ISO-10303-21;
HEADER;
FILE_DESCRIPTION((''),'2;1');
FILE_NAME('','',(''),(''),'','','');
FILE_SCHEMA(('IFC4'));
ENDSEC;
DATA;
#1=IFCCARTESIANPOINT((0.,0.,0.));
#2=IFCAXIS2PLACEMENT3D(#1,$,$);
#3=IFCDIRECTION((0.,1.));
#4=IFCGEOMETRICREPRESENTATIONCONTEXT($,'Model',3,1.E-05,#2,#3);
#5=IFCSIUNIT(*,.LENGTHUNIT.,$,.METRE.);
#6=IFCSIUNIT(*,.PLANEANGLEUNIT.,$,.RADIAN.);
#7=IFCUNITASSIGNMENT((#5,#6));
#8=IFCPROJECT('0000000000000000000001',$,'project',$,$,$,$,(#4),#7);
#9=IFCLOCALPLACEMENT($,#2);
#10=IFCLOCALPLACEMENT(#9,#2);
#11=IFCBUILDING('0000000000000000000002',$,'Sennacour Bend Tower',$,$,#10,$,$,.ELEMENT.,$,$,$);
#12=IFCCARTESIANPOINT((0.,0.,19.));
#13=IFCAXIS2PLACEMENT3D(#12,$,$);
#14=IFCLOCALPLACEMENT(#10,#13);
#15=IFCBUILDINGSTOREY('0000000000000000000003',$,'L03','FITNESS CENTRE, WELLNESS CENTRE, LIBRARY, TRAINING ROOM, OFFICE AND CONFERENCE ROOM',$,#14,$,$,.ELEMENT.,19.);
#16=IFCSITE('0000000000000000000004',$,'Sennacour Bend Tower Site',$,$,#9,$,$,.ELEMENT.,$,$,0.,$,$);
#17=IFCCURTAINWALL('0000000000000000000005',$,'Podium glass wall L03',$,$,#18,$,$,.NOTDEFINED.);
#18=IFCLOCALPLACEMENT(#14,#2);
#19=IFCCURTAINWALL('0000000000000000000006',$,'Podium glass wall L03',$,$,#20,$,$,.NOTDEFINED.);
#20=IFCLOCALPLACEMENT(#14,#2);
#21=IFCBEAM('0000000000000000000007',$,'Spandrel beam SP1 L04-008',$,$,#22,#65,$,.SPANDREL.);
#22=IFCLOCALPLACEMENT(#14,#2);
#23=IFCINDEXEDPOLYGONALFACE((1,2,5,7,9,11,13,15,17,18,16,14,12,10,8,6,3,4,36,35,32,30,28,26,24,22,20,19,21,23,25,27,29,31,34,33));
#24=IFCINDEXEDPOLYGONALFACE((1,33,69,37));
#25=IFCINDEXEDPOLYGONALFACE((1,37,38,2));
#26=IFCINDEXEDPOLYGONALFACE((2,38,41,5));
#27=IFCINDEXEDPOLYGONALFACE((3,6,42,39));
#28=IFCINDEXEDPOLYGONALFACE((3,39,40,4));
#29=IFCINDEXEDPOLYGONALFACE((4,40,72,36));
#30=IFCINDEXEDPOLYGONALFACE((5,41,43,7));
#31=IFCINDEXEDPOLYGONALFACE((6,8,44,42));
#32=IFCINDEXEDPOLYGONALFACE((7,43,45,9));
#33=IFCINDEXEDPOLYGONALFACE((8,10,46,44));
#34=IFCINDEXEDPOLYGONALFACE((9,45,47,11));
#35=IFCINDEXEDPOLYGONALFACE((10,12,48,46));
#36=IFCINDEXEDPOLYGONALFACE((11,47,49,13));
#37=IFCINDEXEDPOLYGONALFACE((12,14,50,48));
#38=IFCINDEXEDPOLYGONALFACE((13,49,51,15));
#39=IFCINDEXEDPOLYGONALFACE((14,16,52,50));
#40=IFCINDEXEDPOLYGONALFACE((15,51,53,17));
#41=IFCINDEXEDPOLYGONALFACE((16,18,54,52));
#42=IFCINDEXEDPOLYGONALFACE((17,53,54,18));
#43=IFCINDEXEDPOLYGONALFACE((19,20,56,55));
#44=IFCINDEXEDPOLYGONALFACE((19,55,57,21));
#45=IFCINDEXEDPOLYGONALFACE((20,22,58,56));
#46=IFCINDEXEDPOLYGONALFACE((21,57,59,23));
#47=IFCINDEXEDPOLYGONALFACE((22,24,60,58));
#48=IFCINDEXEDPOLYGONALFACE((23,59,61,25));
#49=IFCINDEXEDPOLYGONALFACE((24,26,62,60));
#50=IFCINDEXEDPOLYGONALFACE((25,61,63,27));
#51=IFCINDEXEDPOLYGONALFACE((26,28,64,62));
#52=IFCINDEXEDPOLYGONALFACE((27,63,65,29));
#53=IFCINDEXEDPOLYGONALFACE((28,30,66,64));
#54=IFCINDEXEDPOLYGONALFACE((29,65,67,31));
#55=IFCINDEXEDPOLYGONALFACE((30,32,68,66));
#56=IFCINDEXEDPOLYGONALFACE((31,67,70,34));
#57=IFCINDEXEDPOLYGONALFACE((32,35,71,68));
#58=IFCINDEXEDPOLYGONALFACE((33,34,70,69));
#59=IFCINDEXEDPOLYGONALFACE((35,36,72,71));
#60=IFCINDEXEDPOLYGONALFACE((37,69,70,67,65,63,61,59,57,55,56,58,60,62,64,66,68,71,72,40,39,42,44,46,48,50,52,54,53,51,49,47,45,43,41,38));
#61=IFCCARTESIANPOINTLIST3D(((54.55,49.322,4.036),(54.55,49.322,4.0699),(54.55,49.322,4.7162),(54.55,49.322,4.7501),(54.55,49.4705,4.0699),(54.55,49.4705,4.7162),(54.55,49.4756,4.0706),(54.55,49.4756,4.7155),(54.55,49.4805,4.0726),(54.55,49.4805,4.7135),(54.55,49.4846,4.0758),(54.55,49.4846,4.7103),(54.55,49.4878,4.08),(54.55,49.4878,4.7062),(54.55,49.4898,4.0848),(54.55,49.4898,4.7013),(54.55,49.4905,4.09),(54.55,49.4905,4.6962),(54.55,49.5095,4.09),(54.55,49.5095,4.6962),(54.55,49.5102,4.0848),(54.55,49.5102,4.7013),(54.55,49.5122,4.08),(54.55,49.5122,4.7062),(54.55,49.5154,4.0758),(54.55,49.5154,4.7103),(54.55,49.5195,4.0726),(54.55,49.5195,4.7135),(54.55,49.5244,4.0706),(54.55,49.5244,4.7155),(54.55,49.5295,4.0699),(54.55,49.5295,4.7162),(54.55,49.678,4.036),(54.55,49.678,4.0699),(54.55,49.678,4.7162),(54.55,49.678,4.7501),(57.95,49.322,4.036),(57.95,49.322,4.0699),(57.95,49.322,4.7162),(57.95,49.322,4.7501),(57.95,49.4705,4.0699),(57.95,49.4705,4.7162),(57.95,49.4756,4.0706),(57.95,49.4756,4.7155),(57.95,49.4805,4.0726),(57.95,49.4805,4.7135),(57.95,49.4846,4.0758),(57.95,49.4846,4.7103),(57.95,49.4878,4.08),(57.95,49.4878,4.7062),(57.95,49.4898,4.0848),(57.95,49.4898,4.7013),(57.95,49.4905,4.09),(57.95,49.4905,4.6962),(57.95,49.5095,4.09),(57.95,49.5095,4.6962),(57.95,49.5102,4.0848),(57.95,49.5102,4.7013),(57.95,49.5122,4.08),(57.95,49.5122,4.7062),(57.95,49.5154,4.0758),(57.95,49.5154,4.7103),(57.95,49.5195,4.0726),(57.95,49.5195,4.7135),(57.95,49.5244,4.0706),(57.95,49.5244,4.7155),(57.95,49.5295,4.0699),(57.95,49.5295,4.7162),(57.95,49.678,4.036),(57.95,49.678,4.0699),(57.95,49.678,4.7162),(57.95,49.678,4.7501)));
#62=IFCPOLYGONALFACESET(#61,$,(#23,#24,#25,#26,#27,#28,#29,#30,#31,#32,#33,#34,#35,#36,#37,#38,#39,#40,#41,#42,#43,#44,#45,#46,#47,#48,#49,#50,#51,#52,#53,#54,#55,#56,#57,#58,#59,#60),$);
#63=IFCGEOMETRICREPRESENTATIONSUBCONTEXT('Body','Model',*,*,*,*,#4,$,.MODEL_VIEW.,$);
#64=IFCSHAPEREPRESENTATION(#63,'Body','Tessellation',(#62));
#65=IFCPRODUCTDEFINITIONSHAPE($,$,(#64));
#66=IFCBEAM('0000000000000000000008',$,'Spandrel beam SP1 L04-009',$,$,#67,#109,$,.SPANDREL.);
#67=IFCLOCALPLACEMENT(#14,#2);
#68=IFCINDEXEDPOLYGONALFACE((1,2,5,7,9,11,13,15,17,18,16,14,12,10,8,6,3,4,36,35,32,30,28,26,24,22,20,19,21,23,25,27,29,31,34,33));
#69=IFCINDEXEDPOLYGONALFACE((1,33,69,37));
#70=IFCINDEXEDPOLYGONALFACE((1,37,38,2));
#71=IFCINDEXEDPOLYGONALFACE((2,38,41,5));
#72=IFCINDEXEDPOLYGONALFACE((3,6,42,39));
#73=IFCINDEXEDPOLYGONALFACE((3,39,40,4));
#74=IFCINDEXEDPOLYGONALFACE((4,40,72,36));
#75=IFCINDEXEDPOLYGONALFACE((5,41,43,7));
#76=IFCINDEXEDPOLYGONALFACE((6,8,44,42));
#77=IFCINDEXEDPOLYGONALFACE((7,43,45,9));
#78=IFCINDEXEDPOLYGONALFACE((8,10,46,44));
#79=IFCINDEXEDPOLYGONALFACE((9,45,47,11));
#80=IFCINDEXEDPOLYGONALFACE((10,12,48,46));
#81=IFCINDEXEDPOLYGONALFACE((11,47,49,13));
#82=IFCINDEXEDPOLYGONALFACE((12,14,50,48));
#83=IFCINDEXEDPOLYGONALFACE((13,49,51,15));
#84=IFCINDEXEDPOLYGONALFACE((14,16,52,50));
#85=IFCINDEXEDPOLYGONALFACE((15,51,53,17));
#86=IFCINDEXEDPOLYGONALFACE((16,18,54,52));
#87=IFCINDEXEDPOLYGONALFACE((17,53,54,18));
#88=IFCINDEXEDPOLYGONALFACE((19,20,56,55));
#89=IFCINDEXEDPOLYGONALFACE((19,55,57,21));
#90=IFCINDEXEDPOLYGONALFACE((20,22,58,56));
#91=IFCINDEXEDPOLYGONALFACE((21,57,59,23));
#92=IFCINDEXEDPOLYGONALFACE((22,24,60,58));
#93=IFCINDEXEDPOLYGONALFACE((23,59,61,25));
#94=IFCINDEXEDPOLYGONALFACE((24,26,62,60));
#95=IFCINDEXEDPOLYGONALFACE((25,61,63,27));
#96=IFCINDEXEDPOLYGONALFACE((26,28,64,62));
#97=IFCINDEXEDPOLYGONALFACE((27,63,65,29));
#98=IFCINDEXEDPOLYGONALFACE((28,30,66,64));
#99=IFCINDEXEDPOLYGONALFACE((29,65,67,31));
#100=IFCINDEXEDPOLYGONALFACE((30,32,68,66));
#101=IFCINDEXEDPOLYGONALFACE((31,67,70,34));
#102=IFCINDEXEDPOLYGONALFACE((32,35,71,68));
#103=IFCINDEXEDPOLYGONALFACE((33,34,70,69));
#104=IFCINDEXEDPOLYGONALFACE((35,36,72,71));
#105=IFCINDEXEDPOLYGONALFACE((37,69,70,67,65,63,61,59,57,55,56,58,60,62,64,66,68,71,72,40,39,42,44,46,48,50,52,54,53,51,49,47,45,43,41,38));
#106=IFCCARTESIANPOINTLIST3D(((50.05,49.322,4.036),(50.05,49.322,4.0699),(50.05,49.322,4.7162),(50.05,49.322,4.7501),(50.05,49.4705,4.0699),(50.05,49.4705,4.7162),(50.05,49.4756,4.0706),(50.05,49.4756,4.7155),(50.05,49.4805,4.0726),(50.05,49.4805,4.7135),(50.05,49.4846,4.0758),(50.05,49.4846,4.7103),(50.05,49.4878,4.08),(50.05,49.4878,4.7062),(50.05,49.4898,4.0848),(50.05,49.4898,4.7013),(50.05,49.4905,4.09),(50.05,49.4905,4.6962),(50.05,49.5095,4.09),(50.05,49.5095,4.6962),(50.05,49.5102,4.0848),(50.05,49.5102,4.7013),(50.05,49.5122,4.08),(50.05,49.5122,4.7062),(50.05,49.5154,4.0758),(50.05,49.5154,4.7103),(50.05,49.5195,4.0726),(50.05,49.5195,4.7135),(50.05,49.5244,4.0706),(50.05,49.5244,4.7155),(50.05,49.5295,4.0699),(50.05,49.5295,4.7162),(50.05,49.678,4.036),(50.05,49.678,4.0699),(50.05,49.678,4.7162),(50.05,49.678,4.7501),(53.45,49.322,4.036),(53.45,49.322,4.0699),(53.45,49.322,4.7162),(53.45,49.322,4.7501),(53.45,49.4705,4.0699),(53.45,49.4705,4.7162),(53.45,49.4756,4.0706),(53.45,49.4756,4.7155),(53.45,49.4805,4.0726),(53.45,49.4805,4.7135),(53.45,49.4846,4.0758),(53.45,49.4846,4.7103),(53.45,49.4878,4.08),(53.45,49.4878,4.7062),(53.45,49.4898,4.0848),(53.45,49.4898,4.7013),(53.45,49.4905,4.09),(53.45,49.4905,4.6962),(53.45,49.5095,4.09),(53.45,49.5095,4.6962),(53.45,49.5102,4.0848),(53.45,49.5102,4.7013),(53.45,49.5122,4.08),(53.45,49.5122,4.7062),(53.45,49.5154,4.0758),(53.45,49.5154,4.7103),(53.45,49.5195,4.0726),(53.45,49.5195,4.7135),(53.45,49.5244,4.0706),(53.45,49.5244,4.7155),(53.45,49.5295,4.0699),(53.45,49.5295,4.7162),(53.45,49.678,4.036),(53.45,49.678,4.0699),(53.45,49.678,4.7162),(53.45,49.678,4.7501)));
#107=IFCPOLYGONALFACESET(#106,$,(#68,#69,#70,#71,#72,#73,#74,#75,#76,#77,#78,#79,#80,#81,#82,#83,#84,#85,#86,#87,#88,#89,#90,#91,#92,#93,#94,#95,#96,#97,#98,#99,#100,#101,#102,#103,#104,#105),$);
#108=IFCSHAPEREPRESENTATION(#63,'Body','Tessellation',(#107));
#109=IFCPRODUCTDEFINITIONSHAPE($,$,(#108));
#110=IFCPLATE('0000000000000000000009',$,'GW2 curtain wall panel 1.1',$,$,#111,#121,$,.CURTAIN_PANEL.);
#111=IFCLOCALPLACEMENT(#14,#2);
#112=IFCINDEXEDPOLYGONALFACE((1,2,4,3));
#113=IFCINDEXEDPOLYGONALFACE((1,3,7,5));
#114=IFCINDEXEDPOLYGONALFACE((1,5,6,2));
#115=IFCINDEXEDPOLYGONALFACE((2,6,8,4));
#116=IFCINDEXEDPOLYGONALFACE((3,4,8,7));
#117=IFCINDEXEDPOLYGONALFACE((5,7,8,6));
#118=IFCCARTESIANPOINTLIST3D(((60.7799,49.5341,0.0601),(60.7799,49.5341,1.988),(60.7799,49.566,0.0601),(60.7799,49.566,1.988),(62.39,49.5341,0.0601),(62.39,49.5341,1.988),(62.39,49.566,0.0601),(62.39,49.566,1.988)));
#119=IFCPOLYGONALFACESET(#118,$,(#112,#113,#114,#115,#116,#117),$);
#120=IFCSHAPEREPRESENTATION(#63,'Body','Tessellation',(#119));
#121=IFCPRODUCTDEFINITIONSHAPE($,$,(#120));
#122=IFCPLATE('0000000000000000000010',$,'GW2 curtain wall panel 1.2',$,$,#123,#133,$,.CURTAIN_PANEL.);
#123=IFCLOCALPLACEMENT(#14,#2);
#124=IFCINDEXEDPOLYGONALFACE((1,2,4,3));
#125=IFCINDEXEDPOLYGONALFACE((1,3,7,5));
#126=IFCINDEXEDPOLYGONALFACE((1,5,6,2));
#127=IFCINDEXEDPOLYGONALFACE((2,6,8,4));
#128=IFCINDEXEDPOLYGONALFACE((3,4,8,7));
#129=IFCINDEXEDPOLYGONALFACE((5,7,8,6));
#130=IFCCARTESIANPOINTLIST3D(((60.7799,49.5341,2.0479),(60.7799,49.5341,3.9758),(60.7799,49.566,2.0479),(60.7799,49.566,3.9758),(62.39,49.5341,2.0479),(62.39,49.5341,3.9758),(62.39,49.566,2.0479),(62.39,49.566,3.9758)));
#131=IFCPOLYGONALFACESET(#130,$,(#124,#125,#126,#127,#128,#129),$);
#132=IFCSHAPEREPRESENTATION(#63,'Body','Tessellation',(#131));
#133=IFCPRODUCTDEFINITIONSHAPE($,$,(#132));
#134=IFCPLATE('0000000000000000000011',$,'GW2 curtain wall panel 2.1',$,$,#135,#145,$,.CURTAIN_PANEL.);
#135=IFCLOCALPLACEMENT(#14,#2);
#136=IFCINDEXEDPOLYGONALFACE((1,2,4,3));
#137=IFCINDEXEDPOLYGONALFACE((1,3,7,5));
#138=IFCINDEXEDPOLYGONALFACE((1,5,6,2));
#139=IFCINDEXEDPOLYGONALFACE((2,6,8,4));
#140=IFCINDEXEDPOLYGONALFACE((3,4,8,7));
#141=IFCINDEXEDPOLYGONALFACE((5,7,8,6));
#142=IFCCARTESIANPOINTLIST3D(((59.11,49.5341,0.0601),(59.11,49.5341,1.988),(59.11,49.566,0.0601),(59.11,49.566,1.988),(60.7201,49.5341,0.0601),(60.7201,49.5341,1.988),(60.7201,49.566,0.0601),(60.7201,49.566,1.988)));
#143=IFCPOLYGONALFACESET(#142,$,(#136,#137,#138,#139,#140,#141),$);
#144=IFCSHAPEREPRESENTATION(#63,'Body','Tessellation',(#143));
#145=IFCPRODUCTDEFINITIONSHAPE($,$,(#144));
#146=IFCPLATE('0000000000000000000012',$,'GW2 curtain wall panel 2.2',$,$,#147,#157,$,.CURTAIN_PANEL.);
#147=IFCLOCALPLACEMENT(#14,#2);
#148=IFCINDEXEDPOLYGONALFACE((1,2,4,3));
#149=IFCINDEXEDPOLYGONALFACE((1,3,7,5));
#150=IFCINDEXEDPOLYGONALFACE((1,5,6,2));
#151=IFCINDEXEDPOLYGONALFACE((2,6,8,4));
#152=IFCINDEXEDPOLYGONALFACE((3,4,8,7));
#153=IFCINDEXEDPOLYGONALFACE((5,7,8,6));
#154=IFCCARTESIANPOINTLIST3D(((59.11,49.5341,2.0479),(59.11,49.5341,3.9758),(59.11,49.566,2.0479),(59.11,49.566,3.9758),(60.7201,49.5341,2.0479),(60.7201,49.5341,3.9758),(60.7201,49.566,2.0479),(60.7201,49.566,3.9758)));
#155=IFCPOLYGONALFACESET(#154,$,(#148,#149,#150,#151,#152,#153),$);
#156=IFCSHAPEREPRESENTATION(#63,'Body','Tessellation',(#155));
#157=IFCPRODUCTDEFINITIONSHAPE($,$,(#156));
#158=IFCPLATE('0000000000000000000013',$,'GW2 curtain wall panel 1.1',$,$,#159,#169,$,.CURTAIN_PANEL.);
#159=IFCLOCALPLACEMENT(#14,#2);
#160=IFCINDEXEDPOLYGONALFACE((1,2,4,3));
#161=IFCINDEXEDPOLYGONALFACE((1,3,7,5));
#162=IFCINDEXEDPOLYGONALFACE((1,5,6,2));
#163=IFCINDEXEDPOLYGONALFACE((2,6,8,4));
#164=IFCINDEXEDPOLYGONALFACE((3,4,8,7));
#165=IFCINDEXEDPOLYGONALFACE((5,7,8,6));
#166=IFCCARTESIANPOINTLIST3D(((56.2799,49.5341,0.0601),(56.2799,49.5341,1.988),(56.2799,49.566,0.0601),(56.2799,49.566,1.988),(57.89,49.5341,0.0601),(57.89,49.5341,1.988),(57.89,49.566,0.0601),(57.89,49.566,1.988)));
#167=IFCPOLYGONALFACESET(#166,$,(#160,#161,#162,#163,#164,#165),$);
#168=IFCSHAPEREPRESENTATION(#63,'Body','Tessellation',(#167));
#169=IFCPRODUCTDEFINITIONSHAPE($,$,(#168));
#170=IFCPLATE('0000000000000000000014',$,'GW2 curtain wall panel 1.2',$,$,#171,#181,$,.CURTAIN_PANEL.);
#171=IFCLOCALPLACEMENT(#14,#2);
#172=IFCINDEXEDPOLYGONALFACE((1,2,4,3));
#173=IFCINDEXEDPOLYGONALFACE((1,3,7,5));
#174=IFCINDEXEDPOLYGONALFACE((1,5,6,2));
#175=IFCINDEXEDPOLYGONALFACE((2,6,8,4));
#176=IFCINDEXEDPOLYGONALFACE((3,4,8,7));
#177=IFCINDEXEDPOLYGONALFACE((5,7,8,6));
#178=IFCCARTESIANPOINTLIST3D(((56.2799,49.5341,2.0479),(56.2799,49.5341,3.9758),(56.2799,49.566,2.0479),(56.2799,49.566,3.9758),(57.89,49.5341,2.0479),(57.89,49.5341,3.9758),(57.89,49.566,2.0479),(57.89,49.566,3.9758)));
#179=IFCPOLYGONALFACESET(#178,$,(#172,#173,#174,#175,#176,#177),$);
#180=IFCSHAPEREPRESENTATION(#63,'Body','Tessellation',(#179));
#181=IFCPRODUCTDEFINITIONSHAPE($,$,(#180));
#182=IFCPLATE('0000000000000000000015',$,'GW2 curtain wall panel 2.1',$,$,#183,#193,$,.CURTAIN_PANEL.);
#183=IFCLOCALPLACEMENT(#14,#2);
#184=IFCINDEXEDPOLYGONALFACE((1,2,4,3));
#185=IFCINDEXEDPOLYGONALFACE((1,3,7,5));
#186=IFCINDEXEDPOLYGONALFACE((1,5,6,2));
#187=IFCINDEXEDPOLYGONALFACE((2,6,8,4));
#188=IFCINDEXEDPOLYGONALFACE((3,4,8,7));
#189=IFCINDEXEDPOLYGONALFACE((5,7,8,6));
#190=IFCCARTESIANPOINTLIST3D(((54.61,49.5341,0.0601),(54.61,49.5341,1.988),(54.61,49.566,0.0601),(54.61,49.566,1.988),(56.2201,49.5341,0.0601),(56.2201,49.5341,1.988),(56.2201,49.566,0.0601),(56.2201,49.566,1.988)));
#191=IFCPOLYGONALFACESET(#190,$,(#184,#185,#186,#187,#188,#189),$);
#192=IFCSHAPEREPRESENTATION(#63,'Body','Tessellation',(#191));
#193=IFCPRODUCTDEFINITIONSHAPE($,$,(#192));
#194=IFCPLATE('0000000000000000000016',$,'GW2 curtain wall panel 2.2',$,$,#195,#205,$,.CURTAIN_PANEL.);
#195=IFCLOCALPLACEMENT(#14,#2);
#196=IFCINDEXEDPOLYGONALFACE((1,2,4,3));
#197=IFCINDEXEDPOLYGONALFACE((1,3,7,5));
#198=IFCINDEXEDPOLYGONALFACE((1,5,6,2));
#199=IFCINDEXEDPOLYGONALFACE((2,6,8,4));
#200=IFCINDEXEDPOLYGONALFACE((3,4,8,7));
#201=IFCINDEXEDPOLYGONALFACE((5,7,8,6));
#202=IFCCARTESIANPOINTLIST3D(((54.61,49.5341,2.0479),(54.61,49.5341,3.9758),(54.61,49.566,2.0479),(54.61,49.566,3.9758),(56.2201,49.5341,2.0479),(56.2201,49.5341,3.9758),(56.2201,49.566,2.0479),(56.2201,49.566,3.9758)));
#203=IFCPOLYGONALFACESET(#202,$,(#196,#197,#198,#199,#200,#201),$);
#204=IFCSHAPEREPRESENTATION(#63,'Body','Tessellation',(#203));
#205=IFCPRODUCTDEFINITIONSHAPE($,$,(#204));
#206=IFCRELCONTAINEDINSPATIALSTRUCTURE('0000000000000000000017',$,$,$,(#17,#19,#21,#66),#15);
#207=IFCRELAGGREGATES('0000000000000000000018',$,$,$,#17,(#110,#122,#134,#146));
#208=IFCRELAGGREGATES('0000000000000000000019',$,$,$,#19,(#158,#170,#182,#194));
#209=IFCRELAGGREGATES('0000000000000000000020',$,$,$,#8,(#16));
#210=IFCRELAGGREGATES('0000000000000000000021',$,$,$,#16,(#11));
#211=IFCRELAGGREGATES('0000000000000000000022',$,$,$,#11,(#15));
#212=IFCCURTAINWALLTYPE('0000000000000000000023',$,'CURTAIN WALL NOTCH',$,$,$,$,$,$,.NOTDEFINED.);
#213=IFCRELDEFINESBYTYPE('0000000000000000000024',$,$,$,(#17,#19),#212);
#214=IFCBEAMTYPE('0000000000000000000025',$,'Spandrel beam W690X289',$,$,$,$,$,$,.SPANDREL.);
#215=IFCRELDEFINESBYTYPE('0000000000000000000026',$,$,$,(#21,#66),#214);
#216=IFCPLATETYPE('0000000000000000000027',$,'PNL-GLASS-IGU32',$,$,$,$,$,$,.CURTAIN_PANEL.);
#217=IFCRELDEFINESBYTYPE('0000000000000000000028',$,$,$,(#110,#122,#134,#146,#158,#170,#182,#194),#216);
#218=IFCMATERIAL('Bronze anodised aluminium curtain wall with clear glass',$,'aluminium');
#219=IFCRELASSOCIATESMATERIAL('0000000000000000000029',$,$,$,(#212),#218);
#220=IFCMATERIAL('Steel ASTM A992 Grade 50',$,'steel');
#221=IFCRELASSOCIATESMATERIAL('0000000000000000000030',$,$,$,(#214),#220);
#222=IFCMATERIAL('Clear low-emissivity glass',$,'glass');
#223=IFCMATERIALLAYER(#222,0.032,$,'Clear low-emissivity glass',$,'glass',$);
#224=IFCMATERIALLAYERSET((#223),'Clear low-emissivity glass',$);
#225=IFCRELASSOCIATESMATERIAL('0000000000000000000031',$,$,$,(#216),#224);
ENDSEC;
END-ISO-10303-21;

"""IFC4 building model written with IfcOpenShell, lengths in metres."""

from ifc_helpers import new_model, si_unit, direction, frame, origin, origin_2d, place, context, subcontext, project, spatial, rectangle, i_section, extrude, material, layer, layer_set, material_profile, profile_set, type_object, element, aggregate, save


model = new_model("IFC4")

# Units and contexts
model_context = context("Model", 3, precision=1e-05, world=origin(), true_north=direction((0.0, 1.0)))
body_context = subcontext(model_context, "Body", "Model", "MODEL_VIEW")
ifc_project = project(units=[si_unit("LENGTHUNIT", "METRE"), si_unit("PLANEANGLEUNIT", "RADIAN")], contexts=[model_context])

# Site, building, storey
site_placement = place(None, origin())
site = spatial("IfcSite", under=ifc_project, at=site_placement, Name="Sennacour Bend Tower Site", CompositionType="ELEMENT", RefElevation=0.0)
building_placement = place(site_placement, origin())
building = spatial("IfcBuilding", under=site, at=building_placement, Name="Sennacour Bend Tower", CompositionType="ELEMENT")
storey_placement = place(building_placement, frame((0.0, 0.0, 19.0)))
storey = spatial("IfcBuildingStorey", under=building, at=storey_placement, Name="L03", Description="FITNESS CENTRE, WELLNESS CENTRE, LIBRARY, TRAINING ROOM, OFFICE AND CONFERENCE ROOM", CompositionType="ELEMENT", Elevation=19.0)

# Curtain walls
ifc_material_1 = material(Name="Bronze anodised aluminium curtain wall with clear glass", Category="aluminium")
curtain_wall_type = type_object("IfcCurtainWallType", Name="CURTAIN WALL NOTCH", PredefinedType="NOTDEFINED", material=ifc_material_1)
curtain_wall_1_placement = place(storey_placement, origin())
curtain_wall_1 = element("IfcCurtainWall", 1, at=curtain_wall_1_placement, inside=storey, type_object=curtain_wall_type, Name="Podium glass wall L03", PredefinedType="NOTDEFINED")
curtain_wall_2_placement = place(storey_placement, origin())
curtain_wall_2 = element("IfcCurtainWall", 2, at=curtain_wall_2_placement, inside=storey, type_object=curtain_wall_type, Name="Podium glass wall L03", PredefinedType="NOTDEFINED")

# Beams
ifc_material_2 = material(Name="Steel ASTM A992 Grade 50", Category="steel")
ifc_material_profile_1 = material_profile(ifc_material_2, i_section(OverallWidth=0.356, OverallDepth=0.7141, WebThickness=0.019, FlangeThickness=0.0339, FilletRadius=0.02, at=origin_2d()), Name="Steel ASTM A992 Grade 50", Category="steel")
ifc_profile_set_1 = profile_set([ifc_material_profile_1], Name="Steel ASTM A992 Grade 50")
beam_type = type_object("IfcBeamType", Name="Spandrel beam W690X289", PredefinedType="SPANDREL", material=ifc_profile_set_1)
for number, where, z_axis, x_axis, name in (
    (3, (57.95, 49.5, 4.3931), (-1.0, 0.0, 0.0), (0.0, -1.0, 0.0), "Spandrel beam SP1 L04-008"),
    (4, (53.45, 49.5, 4.3931), (-1.0, 0.0, 0.0), (0.0, -1.0, 0.0), "Spandrel beam SP1 L04-009"),
):
    element("IfcBeam", number, at=place(storey_placement, frame(where, z_axis=z_axis, x_axis=x_axis)), inside=storey, type_object=beam_type, Name=name, PredefinedType="SPANDREL", context=body_context, shape_type="SweptSolid", body=[
        extrude(i_section(OverallWidth=0.356, OverallDepth=0.7141, WebThickness=0.019, FlangeThickness=0.0339, FilletRadius=0.02, at=origin_2d()), origin(), (0.0, 0.0, 1.0), 3.3999),
    ])

# Plates
ifc_material_3 = material(Name="Clear low-emissivity glass", Category="glass")
ifc_layer = layer(ifc_material_3, 0.032, Name="Clear low-emissivity glass", Category="glass")
ifc_layer_set = layer_set([ifc_layer], Name="Clear low-emissivity glass")
plate_type = type_object("IfcPlateType", Name="PNL-GLASS-IGU32", PredefinedType="CURTAIN_PANEL", material=ifc_layer_set)
plate_1_placement = place(storey_placement, frame((61.585, 49.55, 0.0601), z_axis=(0.0, 0.0, 1.0), x_axis=(-1.0, 0.0, 0.0)))
plate_1 = element("IfcPlate", 5, at=plate_1_placement, type_object=plate_type, Name="GW2 curtain wall panel 1.1", PredefinedType="CURTAIN_PANEL", context=body_context, shape_type="SweptSolid", body=[
    extrude(rectangle(XDim=1.6101, YDim=0.032, at=origin_2d()), origin(), (0.0, 0.0, 1.0), 1.928),
])
plate_2_placement = place(storey_placement, frame((61.585, 49.55, 2.0479), z_axis=(0.0, 0.0, 1.0), x_axis=(-1.0, 0.0, 0.0)))
plate_2 = element("IfcPlate", 6, at=plate_2_placement, type_object=plate_type, Name="GW2 curtain wall panel 1.2", PredefinedType="CURTAIN_PANEL", context=body_context, shape_type="SweptSolid", body=[
    extrude(rectangle(XDim=1.6101, YDim=0.032, at=origin_2d()), origin(), (0.0, 0.0, 1.0), 1.928),
])
plate_3_placement = place(storey_placement, frame((59.915, 49.55, 0.0601), z_axis=(0.0, 0.0, 1.0), x_axis=(-1.0, 0.0, 0.0)))
plate_3 = element("IfcPlate", 7, at=plate_3_placement, type_object=plate_type, Name="GW2 curtain wall panel 2.1", PredefinedType="CURTAIN_PANEL", context=body_context, shape_type="SweptSolid", body=[
    extrude(rectangle(XDim=1.6101, YDim=0.032, at=origin_2d()), origin(), (0.0, 0.0, 1.0), 1.928),
])
plate_4_placement = place(storey_placement, frame((59.915, 49.55, 2.0479), z_axis=(0.0, 0.0, 1.0), x_axis=(-1.0, 0.0, 0.0)))
plate_4 = element("IfcPlate", 8, at=plate_4_placement, type_object=plate_type, Name="GW2 curtain wall panel 2.2", PredefinedType="CURTAIN_PANEL", context=body_context, shape_type="SweptSolid", body=[
    extrude(rectangle(XDim=1.6101, YDim=0.032, at=origin_2d()), origin(), (0.0, 0.0, 1.0), 1.928),
])
aggregate(curtain_wall_1, [plate_1, plate_2, plate_3, plate_4])
plate_5_placement = place(storey_placement, frame((57.085, 49.55, 0.0601), z_axis=(0.0, 0.0, 1.0), x_axis=(-1.0, 0.0, 0.0)))
plate_5 = element("IfcPlate", 9, at=plate_5_placement, type_object=plate_type, Name="GW2 curtain wall panel 1.1", PredefinedType="CURTAIN_PANEL", context=body_context, shape_type="SweptSolid", body=[
    extrude(rectangle(XDim=1.6101, YDim=0.032, at=origin_2d()), origin(), (0.0, 0.0, 1.0), 1.928),
])
plate_6_placement = place(storey_placement, frame((57.085, 49.55, 2.0479), z_axis=(0.0, 0.0, 1.0), x_axis=(-1.0, 0.0, 0.0)))
plate_6 = element("IfcPlate", 10, at=plate_6_placement, type_object=plate_type, Name="GW2 curtain wall panel 1.2", PredefinedType="CURTAIN_PANEL", context=body_context, shape_type="SweptSolid", body=[
    extrude(rectangle(XDim=1.6101, YDim=0.032, at=origin_2d()), origin(), (0.0, 0.0, 1.0), 1.928),
])
plate_7_placement = place(storey_placement, frame((55.415, 49.55, 0.0601), z_axis=(0.0, 0.0, 1.0), x_axis=(-1.0, 0.0, 0.0)))
plate_7 = element("IfcPlate", 11, at=plate_7_placement, type_object=plate_type, Name="GW2 curtain wall panel 2.1", PredefinedType="CURTAIN_PANEL", context=body_context, shape_type="SweptSolid", body=[
    extrude(rectangle(XDim=1.6101, YDim=0.032, at=origin_2d()), origin(), (0.0, 0.0, 1.0), 1.928),
])
plate_8_placement = place(storey_placement, frame((55.415, 49.55, 2.0479), z_axis=(0.0, 0.0, 1.0), x_axis=(-1.0, 0.0, 0.0)))
plate_8 = element("IfcPlate", 12, at=plate_8_placement, type_object=plate_type, Name="GW2 curtain wall panel 2.2", PredefinedType="CURTAIN_PANEL", context=body_context, shape_type="SweptSolid", body=[
    extrude(rectangle(XDim=1.6101, YDim=0.032, at=origin_2d()), origin(), (0.0, 0.0, 1.0), 1.928),
])
aggregate(curtain_wall_2, [plate_5, plate_6, plate_7, plate_8])

save(model, "model.ifc")
